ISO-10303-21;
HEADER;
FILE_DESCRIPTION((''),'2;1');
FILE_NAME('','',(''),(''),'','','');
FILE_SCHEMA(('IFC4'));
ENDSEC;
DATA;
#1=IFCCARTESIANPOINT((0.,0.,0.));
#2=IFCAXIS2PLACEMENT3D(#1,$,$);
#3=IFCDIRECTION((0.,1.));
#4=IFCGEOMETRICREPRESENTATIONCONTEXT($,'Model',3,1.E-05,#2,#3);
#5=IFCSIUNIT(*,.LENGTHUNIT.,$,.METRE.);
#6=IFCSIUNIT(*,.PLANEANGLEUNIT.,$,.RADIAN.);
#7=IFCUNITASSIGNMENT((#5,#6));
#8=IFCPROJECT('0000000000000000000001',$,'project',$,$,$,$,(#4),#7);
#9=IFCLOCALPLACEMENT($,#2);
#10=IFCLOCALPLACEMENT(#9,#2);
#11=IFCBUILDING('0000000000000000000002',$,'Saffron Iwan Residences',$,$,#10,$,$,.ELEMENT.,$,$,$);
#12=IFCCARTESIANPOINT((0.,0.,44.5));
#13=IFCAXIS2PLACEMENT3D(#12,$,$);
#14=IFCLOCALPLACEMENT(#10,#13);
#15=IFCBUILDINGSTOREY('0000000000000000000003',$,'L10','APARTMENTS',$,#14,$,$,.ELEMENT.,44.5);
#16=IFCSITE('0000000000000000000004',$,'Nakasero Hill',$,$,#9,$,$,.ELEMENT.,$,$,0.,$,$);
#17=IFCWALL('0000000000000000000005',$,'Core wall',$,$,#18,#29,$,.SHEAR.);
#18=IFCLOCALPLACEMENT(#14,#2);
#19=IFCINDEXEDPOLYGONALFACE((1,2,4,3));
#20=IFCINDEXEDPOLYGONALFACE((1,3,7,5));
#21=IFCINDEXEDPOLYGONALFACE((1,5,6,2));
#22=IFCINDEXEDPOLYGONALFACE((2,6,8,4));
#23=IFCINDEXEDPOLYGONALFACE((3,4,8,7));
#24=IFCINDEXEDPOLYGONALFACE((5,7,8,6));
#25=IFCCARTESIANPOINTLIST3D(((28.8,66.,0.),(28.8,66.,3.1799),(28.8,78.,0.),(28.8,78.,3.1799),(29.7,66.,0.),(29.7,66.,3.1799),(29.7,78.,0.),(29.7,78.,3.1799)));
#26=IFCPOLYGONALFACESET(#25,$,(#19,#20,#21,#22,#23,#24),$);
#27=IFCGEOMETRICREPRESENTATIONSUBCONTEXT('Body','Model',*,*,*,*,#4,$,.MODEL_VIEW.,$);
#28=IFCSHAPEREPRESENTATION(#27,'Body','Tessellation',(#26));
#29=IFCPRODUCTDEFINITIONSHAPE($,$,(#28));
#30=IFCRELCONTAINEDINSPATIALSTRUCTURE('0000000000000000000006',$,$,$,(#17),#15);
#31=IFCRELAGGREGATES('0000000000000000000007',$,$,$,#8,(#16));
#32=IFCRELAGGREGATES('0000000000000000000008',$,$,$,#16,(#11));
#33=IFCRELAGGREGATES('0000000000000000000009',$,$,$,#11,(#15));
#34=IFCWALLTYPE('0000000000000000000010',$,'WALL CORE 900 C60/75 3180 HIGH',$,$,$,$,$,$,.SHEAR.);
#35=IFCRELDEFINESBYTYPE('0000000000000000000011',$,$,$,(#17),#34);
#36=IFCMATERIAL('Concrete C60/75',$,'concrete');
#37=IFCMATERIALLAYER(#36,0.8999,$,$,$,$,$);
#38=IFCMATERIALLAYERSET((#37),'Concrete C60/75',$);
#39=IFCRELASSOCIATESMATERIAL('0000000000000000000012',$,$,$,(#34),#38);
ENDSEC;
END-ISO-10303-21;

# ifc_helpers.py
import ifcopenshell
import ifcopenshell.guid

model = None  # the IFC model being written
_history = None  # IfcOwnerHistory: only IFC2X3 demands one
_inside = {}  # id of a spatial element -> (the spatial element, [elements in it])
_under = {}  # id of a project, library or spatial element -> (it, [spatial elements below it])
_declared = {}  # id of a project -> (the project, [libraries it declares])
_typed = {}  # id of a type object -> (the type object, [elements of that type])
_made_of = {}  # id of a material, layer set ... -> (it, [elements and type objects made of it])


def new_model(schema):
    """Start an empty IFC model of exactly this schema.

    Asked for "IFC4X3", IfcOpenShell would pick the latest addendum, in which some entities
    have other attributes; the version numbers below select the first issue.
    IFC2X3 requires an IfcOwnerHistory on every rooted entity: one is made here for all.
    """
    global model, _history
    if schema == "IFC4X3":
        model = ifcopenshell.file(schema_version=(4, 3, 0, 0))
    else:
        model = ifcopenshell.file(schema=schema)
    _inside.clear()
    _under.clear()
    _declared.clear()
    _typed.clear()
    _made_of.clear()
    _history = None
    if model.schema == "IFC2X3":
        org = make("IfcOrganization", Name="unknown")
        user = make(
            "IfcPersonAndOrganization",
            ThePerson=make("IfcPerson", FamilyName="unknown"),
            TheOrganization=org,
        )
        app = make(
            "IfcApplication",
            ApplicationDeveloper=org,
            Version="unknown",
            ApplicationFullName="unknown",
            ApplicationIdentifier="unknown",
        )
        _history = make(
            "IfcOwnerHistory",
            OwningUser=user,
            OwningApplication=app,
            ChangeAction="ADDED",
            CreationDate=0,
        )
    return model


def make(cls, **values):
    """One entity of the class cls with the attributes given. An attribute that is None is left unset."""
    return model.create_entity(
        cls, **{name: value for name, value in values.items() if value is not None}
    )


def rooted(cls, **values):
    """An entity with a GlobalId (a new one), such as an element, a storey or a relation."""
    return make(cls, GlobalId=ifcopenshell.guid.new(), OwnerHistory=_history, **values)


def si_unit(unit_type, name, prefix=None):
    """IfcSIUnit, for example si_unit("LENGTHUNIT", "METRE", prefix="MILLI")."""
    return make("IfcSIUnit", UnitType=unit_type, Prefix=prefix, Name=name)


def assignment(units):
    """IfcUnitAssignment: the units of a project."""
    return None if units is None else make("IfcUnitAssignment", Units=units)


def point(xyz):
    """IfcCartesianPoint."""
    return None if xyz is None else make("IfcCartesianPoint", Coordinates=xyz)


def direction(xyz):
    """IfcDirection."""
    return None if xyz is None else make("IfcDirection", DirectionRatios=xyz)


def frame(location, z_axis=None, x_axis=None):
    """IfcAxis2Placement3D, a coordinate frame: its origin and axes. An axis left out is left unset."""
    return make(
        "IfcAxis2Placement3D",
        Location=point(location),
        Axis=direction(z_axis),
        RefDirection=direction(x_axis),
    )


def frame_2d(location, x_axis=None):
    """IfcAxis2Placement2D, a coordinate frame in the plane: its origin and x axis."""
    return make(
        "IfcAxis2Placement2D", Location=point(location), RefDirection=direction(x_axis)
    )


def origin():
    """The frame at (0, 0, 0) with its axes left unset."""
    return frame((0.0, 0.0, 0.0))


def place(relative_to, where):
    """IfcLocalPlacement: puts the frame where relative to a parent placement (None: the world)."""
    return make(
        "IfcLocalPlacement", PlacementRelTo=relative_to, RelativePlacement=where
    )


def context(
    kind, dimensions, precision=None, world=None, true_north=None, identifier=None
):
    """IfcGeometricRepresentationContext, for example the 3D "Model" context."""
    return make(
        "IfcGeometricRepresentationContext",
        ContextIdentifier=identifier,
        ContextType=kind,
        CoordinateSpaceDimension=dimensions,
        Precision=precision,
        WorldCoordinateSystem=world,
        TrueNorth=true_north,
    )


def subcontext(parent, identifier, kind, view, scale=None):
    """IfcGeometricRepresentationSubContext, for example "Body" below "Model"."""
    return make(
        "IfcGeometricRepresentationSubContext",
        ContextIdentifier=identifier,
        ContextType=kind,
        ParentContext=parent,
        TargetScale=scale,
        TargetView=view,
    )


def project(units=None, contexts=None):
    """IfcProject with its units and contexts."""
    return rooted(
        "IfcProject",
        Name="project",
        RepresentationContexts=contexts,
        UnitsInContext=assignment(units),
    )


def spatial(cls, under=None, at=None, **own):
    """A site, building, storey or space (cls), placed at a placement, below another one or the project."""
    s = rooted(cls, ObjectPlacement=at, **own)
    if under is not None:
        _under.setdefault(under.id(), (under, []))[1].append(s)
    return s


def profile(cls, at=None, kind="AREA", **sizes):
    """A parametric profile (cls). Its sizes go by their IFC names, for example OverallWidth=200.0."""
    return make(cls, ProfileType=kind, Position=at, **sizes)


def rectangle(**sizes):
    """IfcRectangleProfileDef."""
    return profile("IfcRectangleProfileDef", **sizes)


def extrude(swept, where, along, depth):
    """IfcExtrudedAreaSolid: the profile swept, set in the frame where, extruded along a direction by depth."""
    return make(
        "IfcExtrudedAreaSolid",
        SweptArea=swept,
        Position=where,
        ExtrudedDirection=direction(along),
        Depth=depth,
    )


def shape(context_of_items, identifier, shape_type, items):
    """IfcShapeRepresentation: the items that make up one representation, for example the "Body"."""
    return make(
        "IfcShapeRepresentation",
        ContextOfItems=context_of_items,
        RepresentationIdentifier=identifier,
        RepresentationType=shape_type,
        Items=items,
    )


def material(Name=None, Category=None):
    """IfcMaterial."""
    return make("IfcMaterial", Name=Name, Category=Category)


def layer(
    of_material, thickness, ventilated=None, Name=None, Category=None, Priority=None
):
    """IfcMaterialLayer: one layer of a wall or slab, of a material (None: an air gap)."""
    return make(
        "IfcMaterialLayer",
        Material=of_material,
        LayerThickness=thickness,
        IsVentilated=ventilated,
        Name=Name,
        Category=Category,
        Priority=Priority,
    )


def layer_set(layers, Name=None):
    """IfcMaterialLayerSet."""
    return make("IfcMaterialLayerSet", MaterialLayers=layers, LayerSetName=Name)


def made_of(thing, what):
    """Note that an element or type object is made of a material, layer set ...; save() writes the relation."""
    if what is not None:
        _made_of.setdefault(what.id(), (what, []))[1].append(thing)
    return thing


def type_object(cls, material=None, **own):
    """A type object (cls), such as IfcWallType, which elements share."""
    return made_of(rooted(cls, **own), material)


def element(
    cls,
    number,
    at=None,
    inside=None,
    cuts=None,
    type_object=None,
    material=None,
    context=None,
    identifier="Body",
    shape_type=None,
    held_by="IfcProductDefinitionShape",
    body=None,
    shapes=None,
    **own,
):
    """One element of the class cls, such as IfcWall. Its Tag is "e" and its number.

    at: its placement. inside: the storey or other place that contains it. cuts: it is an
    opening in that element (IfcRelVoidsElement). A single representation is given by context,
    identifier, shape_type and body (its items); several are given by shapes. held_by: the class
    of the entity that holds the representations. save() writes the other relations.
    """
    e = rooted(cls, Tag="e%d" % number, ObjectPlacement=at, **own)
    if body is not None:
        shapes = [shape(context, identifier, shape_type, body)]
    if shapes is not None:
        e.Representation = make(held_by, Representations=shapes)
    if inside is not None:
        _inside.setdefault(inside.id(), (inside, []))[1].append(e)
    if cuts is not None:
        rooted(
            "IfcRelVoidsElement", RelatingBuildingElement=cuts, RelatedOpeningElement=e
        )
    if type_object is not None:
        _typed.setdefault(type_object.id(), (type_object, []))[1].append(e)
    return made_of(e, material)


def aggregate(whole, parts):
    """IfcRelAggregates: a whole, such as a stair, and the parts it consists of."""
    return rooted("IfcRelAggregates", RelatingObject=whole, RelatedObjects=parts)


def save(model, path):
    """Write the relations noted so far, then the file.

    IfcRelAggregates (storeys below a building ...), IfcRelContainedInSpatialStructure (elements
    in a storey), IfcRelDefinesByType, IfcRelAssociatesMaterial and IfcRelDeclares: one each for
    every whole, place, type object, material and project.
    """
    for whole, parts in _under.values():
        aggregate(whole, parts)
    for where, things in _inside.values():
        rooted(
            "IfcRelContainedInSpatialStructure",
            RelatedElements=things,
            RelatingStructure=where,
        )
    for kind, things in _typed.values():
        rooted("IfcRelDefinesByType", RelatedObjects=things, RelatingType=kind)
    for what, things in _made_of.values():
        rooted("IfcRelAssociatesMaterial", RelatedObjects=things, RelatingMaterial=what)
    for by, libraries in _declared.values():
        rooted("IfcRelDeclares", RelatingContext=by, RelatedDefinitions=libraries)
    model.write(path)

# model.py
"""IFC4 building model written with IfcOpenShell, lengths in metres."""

from ifc_helpers import new_model, si_unit, direction, frame, frame_2d, origin, place, context, subcontext, project, spatial, rectangle, extrude, material, layer, layer_set, type_object, element, save


model = new_model("IFC4")

# Units and contexts
model_context = context("Model", 3, precision=1e-05, world=origin(), true_north=direction((0.0, 1.0)))
body_context = subcontext(model_context, "Body", "Model", "MODEL_VIEW")
ifc_project = project(units=[si_unit("LENGTHUNIT", "METRE"), si_unit("PLANEANGLEUNIT", "RADIAN")], contexts=[model_context])

# Site, building, storey
site_placement = place(None, origin())
site = spatial("IfcSite", under=ifc_project, at=site_placement, Name="Nakasero Hill", CompositionType="ELEMENT", RefElevation=0.0)
building_placement = place(site_placement, origin())
building = spatial("IfcBuilding", under=site, at=building_placement, Name="Saffron Iwan Residences", CompositionType="ELEMENT")
storey_placement = place(building_placement, frame((0.0, 0.0, 44.5)))
storey = spatial("IfcBuildingStorey", under=building, at=storey_placement, Name="L10", Description="APARTMENTS", CompositionType="ELEMENT", Elevation=44.5)

# Shared definitions
ifc_material_1 = material(Name="Concrete C60/75", Category="concrete")

# Wall
ifc_layer_1 = layer(ifc_material_1, 0.8999)
ifc_layer_set_1 = layer_set([ifc_layer_1], Name="Concrete C60/75")
wall_type_1 = type_object("IfcWallType", Name="WALL CORE 900 C60/75 3180 HIGH", PredefinedType="SHEAR", material=ifc_layer_set_1)
wall_1_placement = place(storey_placement, frame((29.25, 66.0, 0.0), z_axis=(0.0, 0.0, 1.0), x_axis=(0.0, 1.0, 0.0)))
element("IfcWall", 1, at=wall_1_placement, inside=storey, type_object=wall_type_1, Name="Core wall", PredefinedType="SHEAR", context=body_context, shape_type="SweptSolid", body=[
    extrude(rectangle(XDim=12.0, YDim=0.8999, at=frame_2d((6.0, 0.0))), origin(), (0.0, 0.0, 1.0), 3.1799),
])

save(model, "model.ifc")
